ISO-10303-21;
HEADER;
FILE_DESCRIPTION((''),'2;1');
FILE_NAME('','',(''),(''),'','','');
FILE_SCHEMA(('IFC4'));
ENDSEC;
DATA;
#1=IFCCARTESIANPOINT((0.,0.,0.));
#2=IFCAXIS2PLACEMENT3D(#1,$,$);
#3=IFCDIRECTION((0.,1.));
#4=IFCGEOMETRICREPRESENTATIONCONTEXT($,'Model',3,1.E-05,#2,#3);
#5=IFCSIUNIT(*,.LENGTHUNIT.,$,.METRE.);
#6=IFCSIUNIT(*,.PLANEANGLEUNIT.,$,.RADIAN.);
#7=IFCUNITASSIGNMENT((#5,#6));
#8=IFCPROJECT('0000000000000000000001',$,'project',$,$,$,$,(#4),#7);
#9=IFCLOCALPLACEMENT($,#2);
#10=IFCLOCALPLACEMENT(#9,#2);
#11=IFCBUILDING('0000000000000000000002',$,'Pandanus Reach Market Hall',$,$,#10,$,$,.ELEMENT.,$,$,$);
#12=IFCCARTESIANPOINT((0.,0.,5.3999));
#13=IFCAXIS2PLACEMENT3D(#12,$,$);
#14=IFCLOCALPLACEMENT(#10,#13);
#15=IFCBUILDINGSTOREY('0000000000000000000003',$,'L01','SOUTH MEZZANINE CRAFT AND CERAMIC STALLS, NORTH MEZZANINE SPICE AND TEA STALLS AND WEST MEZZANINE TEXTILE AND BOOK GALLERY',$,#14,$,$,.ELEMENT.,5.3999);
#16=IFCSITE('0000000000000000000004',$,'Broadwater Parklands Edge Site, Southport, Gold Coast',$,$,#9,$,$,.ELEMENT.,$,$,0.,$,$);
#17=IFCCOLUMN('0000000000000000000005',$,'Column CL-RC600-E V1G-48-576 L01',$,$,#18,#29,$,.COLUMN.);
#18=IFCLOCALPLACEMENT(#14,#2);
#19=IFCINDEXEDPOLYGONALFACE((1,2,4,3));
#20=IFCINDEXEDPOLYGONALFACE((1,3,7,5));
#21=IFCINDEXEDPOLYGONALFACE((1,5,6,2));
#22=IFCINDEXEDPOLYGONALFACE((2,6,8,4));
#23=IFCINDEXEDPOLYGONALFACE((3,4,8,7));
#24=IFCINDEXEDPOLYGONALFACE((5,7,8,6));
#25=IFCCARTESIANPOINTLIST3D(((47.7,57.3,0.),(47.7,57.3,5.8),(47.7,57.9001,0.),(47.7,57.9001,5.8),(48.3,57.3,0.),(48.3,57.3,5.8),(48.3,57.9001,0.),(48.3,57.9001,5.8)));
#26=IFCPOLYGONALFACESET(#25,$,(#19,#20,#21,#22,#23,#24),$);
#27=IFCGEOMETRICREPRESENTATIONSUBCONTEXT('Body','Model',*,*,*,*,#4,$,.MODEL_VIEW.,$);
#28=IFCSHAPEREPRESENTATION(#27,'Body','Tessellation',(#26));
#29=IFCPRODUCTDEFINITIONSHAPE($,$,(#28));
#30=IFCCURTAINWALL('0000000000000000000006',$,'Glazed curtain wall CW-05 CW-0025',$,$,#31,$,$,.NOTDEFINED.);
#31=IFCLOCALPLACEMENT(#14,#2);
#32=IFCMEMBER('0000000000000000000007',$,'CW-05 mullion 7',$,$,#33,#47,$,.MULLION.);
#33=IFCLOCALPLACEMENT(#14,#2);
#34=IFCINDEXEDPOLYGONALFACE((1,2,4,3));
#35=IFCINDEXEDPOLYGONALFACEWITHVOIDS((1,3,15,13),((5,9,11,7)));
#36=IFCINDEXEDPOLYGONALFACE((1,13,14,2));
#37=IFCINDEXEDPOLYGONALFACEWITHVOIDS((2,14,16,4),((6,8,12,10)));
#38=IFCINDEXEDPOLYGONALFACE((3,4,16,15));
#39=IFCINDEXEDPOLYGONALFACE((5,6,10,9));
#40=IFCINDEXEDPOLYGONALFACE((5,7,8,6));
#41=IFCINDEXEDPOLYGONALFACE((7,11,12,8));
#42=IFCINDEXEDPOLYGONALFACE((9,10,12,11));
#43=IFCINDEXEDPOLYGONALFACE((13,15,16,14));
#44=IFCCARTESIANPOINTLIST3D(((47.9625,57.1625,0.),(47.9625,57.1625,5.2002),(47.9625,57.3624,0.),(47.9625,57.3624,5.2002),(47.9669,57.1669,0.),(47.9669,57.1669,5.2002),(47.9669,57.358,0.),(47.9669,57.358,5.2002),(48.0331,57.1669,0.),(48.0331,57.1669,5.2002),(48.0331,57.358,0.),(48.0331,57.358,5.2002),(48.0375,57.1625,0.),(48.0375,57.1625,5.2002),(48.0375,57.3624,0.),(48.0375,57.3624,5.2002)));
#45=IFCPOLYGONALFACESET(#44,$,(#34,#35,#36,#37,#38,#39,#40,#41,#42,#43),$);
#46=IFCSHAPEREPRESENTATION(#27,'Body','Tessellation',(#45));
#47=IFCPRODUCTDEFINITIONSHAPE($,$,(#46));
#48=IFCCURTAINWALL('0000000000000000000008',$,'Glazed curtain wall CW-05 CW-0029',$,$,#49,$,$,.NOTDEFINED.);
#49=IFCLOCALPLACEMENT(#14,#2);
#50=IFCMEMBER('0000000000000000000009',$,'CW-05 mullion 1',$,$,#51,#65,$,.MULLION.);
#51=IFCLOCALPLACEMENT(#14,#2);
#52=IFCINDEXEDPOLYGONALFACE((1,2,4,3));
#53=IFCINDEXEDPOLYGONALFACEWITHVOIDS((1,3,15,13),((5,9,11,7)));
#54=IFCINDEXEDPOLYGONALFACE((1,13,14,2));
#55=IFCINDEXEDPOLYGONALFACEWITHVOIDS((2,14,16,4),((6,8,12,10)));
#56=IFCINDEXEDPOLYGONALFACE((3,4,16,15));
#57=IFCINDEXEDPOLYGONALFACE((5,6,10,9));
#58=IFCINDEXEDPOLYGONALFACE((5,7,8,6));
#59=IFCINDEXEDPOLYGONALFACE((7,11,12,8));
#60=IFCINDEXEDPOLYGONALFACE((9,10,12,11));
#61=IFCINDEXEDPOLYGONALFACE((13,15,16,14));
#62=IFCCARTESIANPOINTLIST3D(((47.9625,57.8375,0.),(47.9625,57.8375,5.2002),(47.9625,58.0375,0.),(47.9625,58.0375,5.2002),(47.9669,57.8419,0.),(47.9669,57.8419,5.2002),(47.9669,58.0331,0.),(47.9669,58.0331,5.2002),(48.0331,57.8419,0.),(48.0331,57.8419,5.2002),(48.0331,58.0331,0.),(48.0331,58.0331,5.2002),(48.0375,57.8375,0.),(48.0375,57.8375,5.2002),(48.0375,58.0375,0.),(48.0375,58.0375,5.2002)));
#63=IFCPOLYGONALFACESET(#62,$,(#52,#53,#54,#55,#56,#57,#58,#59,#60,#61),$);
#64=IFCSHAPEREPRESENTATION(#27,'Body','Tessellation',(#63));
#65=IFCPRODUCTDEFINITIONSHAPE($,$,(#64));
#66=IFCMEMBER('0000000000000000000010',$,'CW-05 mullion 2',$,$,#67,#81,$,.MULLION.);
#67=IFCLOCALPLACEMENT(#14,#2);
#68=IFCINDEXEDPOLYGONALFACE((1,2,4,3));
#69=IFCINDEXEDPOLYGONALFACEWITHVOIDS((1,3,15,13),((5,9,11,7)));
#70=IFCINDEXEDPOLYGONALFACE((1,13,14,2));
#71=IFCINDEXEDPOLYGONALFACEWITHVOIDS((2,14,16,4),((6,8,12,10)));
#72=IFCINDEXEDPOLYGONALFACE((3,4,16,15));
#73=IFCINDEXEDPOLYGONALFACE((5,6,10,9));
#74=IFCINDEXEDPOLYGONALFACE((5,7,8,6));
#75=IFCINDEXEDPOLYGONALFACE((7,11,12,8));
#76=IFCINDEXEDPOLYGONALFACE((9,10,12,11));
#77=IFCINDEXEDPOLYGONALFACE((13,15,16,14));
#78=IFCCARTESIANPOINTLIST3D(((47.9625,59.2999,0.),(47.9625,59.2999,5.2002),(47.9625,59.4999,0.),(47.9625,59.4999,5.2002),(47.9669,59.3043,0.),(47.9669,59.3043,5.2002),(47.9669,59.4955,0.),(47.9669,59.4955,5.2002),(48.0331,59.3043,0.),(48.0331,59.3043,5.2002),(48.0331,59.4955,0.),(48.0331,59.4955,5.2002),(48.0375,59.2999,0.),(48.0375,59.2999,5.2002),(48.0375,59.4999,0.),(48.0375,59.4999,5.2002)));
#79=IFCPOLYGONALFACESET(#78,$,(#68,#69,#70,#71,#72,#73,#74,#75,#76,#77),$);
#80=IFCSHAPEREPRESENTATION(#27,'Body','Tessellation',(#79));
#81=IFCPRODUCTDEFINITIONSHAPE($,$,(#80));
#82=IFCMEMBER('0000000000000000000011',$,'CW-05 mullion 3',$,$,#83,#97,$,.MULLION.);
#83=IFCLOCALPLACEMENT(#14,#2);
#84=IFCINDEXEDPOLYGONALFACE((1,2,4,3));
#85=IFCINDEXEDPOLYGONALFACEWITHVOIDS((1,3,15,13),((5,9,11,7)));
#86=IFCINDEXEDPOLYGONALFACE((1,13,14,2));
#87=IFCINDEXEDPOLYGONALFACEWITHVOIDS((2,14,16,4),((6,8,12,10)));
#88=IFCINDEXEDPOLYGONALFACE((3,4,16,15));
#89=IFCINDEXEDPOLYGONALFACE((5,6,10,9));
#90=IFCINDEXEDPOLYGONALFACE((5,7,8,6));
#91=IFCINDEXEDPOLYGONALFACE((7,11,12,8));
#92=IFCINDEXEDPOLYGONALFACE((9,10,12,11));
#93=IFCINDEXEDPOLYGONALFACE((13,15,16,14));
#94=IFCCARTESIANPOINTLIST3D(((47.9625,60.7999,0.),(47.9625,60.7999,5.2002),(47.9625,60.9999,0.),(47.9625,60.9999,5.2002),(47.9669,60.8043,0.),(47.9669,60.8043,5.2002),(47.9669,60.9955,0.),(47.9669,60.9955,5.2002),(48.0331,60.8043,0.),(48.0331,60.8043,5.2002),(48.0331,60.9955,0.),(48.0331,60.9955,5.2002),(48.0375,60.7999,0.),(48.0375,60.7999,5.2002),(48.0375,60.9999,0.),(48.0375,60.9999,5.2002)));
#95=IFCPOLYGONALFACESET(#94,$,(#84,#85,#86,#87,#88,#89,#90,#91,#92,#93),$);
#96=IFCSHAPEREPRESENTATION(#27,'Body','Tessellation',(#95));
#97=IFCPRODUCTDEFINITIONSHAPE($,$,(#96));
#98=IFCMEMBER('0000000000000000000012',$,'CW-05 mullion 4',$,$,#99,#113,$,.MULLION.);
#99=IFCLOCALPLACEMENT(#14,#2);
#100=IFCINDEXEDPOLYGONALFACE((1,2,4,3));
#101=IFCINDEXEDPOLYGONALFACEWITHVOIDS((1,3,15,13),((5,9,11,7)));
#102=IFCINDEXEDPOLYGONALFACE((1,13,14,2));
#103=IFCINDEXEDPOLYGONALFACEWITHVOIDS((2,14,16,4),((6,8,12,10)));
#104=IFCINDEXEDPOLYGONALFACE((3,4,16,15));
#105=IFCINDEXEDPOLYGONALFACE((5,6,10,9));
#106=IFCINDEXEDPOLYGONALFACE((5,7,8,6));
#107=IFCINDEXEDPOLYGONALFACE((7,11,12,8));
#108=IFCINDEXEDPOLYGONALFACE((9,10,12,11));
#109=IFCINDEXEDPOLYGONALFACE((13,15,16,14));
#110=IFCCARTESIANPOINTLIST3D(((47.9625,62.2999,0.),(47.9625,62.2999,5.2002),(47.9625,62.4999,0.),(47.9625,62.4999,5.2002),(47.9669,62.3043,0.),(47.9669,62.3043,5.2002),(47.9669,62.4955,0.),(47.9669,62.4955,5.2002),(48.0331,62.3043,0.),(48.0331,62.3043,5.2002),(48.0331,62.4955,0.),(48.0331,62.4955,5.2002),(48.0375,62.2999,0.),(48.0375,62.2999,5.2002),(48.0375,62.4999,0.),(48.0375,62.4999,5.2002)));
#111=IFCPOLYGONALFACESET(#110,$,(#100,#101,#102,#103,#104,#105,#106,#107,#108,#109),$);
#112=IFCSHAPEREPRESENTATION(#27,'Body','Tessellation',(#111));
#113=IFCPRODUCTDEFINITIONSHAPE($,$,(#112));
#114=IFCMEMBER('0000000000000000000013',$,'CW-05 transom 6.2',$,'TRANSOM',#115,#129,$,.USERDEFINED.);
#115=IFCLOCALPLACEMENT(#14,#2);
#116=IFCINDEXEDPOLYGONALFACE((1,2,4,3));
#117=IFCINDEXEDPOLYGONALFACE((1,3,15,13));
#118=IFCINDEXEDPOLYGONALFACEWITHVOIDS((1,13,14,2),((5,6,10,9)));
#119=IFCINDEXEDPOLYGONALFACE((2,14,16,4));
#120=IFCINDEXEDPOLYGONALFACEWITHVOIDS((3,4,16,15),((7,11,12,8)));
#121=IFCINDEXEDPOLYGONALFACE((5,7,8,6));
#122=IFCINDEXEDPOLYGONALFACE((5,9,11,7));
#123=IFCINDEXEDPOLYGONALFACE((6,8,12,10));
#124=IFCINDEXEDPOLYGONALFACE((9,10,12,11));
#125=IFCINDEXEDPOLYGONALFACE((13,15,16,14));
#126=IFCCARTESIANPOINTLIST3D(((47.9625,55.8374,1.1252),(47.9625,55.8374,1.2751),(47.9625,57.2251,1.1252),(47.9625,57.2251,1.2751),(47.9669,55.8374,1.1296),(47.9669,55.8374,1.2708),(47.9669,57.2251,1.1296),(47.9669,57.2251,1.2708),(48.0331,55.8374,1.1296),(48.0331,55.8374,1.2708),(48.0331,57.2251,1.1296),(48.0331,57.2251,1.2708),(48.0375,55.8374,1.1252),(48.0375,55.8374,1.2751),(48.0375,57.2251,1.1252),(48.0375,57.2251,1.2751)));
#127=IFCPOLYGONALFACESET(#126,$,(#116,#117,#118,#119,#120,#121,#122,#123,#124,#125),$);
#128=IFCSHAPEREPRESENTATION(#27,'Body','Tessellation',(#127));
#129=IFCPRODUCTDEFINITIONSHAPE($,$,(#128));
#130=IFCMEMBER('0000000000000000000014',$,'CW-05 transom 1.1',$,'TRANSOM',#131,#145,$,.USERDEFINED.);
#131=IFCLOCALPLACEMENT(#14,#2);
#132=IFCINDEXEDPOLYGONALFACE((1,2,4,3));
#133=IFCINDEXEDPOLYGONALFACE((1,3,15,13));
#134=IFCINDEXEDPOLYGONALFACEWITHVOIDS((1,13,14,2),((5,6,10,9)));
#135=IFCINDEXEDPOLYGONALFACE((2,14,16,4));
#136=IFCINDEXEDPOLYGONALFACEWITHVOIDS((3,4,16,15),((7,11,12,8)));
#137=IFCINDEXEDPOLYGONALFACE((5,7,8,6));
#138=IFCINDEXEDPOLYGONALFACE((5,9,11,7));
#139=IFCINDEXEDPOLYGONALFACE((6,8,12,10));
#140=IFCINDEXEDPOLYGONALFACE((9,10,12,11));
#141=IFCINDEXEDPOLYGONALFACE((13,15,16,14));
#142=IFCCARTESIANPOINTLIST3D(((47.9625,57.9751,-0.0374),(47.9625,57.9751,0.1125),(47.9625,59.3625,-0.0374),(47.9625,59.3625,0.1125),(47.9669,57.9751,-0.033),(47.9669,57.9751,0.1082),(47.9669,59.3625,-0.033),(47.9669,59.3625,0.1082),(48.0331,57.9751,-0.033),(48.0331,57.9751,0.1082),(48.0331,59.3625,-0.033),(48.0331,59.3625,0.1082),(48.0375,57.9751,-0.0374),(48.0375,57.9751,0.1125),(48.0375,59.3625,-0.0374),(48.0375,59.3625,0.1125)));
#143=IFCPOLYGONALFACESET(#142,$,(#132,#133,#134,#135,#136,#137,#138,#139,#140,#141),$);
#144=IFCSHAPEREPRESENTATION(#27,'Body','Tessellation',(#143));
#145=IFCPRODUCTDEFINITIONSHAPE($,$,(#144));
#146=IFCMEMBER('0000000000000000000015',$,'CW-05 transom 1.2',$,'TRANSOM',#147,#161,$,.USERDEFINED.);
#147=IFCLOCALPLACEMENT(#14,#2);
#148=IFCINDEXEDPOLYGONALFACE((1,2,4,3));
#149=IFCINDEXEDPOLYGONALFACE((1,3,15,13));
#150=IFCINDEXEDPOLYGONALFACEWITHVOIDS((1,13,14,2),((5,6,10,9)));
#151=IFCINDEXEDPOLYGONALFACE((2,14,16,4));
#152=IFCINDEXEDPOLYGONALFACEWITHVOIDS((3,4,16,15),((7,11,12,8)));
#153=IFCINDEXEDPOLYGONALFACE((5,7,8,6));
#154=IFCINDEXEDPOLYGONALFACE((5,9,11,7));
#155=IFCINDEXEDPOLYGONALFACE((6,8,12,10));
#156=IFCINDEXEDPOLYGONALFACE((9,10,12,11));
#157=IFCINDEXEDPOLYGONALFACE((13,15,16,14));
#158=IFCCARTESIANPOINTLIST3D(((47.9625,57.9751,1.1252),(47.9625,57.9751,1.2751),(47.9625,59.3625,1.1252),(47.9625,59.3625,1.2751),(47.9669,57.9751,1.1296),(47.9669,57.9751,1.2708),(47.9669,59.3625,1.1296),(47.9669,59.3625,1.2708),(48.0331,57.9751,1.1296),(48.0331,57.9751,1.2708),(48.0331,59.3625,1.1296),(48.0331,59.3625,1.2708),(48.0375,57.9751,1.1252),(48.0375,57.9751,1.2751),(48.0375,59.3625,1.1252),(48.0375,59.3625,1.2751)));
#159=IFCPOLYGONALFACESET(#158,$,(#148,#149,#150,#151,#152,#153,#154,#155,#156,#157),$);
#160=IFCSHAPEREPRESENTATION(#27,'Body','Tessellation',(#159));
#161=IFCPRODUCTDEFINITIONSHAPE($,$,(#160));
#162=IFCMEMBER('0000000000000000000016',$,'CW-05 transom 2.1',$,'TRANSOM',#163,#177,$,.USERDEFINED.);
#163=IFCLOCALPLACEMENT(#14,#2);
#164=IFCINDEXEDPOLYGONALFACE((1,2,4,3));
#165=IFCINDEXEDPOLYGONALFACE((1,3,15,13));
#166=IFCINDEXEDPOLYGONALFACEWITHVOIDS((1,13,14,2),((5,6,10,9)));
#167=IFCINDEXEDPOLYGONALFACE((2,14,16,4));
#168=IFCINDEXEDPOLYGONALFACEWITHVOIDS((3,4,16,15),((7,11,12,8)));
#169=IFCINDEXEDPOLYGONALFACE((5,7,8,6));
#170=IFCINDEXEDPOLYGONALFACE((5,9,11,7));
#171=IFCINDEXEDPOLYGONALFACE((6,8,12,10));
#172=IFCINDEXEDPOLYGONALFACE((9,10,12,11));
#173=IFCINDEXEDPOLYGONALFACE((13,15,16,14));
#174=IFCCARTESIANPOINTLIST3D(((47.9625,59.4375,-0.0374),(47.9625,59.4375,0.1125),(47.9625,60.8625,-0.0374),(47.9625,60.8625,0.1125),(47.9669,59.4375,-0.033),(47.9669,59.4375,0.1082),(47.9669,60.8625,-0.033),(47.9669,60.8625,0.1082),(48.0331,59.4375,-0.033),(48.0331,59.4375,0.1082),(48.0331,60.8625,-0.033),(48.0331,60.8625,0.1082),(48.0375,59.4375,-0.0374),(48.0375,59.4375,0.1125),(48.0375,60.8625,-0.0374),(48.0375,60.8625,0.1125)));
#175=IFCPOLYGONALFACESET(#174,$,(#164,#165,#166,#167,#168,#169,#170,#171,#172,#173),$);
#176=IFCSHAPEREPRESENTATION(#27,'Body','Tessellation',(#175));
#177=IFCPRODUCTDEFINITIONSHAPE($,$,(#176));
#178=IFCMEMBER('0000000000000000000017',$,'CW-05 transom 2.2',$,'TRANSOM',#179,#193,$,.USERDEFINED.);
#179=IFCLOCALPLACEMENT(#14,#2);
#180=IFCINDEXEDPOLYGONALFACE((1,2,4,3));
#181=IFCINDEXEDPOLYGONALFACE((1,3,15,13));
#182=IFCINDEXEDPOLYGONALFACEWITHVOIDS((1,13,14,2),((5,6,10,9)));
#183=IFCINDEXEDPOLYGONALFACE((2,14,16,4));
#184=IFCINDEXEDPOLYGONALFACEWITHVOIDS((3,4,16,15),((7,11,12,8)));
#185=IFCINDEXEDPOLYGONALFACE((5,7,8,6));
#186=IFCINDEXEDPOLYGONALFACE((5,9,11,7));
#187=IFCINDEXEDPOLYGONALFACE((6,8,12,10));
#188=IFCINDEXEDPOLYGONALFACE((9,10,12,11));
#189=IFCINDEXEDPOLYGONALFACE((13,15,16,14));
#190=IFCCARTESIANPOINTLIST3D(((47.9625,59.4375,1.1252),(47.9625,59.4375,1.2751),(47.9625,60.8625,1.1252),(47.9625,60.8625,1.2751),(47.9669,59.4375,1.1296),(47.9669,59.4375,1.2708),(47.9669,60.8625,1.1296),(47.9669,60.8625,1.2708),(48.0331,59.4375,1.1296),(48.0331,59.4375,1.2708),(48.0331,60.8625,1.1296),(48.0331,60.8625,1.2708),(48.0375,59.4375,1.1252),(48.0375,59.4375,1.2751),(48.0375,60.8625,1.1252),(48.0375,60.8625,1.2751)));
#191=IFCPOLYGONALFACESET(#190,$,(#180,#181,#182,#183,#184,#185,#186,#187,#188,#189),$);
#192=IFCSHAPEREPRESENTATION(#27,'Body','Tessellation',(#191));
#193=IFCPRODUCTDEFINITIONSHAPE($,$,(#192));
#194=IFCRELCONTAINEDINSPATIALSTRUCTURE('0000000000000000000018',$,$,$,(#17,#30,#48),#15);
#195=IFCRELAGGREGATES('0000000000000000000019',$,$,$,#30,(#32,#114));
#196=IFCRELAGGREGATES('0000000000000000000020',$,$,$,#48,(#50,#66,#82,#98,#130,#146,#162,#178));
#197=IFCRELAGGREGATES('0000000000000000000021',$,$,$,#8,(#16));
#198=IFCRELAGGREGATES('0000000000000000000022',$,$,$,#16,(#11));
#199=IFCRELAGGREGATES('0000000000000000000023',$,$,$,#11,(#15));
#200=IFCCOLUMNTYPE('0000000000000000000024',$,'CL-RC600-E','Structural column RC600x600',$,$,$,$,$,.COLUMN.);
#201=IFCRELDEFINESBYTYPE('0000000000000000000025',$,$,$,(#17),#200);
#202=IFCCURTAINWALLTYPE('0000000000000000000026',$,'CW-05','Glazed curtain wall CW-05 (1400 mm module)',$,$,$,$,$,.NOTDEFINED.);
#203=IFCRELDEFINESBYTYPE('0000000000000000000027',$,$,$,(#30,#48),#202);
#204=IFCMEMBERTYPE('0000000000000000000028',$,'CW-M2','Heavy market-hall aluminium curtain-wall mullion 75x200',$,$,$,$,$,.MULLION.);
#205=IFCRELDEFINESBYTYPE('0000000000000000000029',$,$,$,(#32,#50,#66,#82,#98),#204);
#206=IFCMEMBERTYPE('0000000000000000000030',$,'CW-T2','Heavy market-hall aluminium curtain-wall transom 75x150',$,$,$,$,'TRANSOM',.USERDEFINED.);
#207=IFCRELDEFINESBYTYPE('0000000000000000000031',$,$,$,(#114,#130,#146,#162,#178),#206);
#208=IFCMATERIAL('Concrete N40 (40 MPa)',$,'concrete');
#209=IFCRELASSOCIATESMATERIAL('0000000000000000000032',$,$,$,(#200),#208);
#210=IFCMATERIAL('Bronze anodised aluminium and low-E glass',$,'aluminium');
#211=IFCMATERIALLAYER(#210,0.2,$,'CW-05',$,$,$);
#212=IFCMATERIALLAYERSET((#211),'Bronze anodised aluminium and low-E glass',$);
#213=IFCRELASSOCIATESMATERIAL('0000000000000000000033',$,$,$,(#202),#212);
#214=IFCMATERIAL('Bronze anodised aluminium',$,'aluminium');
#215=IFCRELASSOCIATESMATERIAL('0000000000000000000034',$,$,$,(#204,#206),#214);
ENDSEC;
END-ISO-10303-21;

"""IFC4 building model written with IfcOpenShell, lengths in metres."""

from ifc_helpers import new_model, si_unit, direction, frame, origin, origin_2d, place, context, subcontext, project, spatial, rectangle, hollow_rectangle, extrude, material, layer, layer_set, material_profile, profile_set, type_object, element, aggregate, save


model = new_model("IFC4")

# Units and contexts
model_context = context("Model", 3, precision=1e-05, world=origin(), true_north=direction((0.0, 1.0)))
body_context = subcontext(model_context, "Body", "Model", "MODEL_VIEW")
ifc_project = project(units=[si_unit("LENGTHUNIT", "METRE"), si_unit("PLANEANGLEUNIT", "RADIAN")], contexts=[model_context])

# Site, building, storey
site_placement = place(None, origin())
site = spatial("IfcSite", under=ifc_project, at=site_placement, Name="Broadwater Parklands Edge Site, Southport, Gold Coast", CompositionType="ELEMENT", RefElevation=0.0)
building_placement = place(site_placement, origin())
building = spatial("IfcBuilding", under=site, at=building_placement, Name="Pandanus Reach Market Hall", CompositionType="ELEMENT")
storey_placement = place(building_placement, frame((0.0, 0.0, 5.3999)))
storey = spatial("IfcBuildingStorey", under=building, at=storey_placement, Name="L01", Description="SOUTH MEZZANINE CRAFT AND CERAMIC STALLS, NORTH MEZZANINE SPICE AND TEA STALLS AND WEST MEZZANINE TEXTILE AND BOOK GALLERY", CompositionType="ELEMENT", Elevation=5.3999)

# Column
ifc_material_1 = material(Name="Concrete N40 (40 MPa)", Category="concrete")
ifc_material_profile_1 = material_profile(ifc_material_1, rectangle(XDim=0.6001, YDim=0.6001, at=origin_2d()), Name="RC600x600", Category="LoadBearing")
ifc_profile_set_1 = profile_set([ifc_material_profile_1], Name="Concrete N40 (40 MPa)")
column_type = type_object("IfcColumnType", Name="CL-RC600-E", Description="Structural column RC600x600", PredefinedType="COLUMN", material=ifc_profile_set_1)
column_placement = place(storey_placement, frame((48.0, 57.6001, 0.0), z_axis=(0.0, 0.0, 1.0), x_axis=(1.0, 0.0, 0.0)))
element("IfcColumn", 1, at=column_placement, inside=storey, type_object=column_type, Name="Column CL-RC600-E V1G-48-576 L01", PredefinedType="COLUMN", context=body_context, shape_type="SweptSolid", body=[
    extrude(rectangle(XDim=0.6001, YDim=0.6001, at=origin_2d()), origin(), (0.0, 0.0, 1.0), 5.8),
])

# Curtain wall, member
ifc_material_2 = material(Name="Bronze anodised aluminium and low-E glass", Category="aluminium")
ifc_layer_1 = layer(ifc_material_2, 0.2, Name="CW-05")
ifc_layer_set_1 = layer_set([ifc_layer_1], Name="Bronze anodised aluminium and low-E glass")
curtain_wall_type = type_object("IfcCurtainWallType", Name="CW-05", Description="Glazed curtain wall CW-05 (1400 mm module)", PredefinedType="NOTDEFINED", material=ifc_layer_set_1)
curtain_wall_1_placement = place(storey_placement, origin())
curtain_wall_1 = element("IfcCurtainWall", 2, at=curtain_wall_1_placement, inside=storey, type_object=curtain_wall_type, Name="Glazed curtain wall CW-05 CW-0025", PredefinedType="NOTDEFINED")
ifc_material_3 = material(Name="Bronze anodised aluminium", Category="aluminium")
ifc_material_profile_2 = material_profile(ifc_material_3, hollow_rectangle(XDim=0.075, YDim=0.2, WallThickness=0.0044, at=origin_2d()), Name="ALU75x200", Category="LoadBearing")
ifc_profile_set_2 = profile_set([ifc_material_profile_2], Name="Bronze anodised aluminium")
member_type_1 = type_object("IfcMemberType", Name="CW-M2", Description="Heavy market-hall aluminium curtain-wall mullion 75x200", PredefinedType="MULLION", material=ifc_profile_set_2)
member_1_placement = place(storey_placement, frame((48.0, 57.2625, 0.0), z_axis=(0.0, 0.0, 1.0), x_axis=(-1.0, 0.0, 0.0)))
member_1 = element("IfcMember", 3, at=member_1_placement, type_object=member_type_1, Name="CW-05 mullion 7", PredefinedType="MULLION", context=body_context, shape_type="SweptSolid", body=[
    extrude(hollow_rectangle(XDim=0.075, YDim=0.2, WallThickness=0.0044, at=origin_2d()), origin(), (0.0, 0.0, 1.0), 5.2002),
])

# Curtain wall, members
curtain_wall_2_placement = place(storey_placement, origin())
curtain_wall_2 = element("IfcCurtainWall", 4, at=curtain_wall_2_placement, inside=storey, type_object=curtain_wall_type, Name="Glazed curtain wall CW-05 CW-0029", PredefinedType="NOTDEFINED")
member_2_placement = place(storey_placement, frame((48.0, 57.9375, 0.0), z_axis=(0.0, 0.0, 1.0), x_axis=(-1.0, 0.0, 0.0)))
member_2 = element("IfcMember", 5, at=member_2_placement, type_object=member_type_1, Name="CW-05 mullion 1", PredefinedType="MULLION", context=body_context, shape_type="SweptSolid", body=[
    extrude(hollow_rectangle(XDim=0.075, YDim=0.2, WallThickness=0.0044, at=origin_2d()), origin(), (0.0, 0.0, 1.0), 5.2002),
])
member_3_placement = place(storey_placement, frame((48.0, 59.3999, 0.0), z_axis=(0.0, 0.0, 1.0), x_axis=(-1.0, 0.0, 0.0)))
member_3 = element("IfcMember", 6, at=member_3_placement, type_object=member_type_1, Name="CW-05 mullion 2", PredefinedType="MULLION", context=body_context, shape_type="SweptSolid", body=[
    extrude(hollow_rectangle(XDim=0.075, YDim=0.2, WallThickness=0.0044, at=origin_2d()), origin(), (0.0, 0.0, 1.0), 5.2002),
])
member_4_placement = place(storey_placement, frame((48.0, 60.8999, 0.0), z_axis=(0.0, 0.0, 1.0), x_axis=(-1.0, 0.0, 0.0)))
member_4 = element("IfcMember", 7, at=member_4_placement, type_object=member_type_1, Name="CW-05 mullion 3", PredefinedType="MULLION", context=body_context, shape_type="SweptSolid", body=[
    extrude(hollow_rectangle(XDim=0.075, YDim=0.2, WallThickness=0.0044, at=origin_2d()), origin(), (0.0, 0.0, 1.0), 5.2002),
])
member_5_placement = place(storey_placement, frame((48.0, 62.3999, 0.0), z_axis=(0.0, 0.0, 1.0), x_axis=(-1.0, 0.0, 0.0)))
member_5 = element("IfcMember", 8, at=member_5_placement, type_object=member_type_1, Name="CW-05 mullion 4", PredefinedType="MULLION", context=body_context, shape_type="SweptSolid", body=[
    extrude(hollow_rectangle(XDim=0.075, YDim=0.2, WallThickness=0.0044, at=origin_2d()), origin(), (0.0, 0.0, 1.0), 5.2002),
])

# Members
ifc_material_profile_3 = material_profile(ifc_material_3, hollow_rectangle(XDim=0.075, YDim=0.1499, WallThickness=0.0044, at=origin_2d()), Name="ALU75x150", Category="LoadBearing")
ifc_profile_set_3 = profile_set([ifc_material_profile_3], Name="Bronze anodised aluminium")
member_type_2 = type_object("IfcMemberType", Name="CW-T2", Description="Heavy market-hall aluminium curtain-wall transom 75x150", ElementType="TRANSOM", PredefinedType="USERDEFINED", material=ifc_profile_set_3)
member_6_placement = place(storey_placement, frame((48.0, 55.8374, 1.2002), z_axis=(0.0, 1.0, 0.0), x_axis=(-1.0, 0.0, 0.0)))
member_6 = element("IfcMember", 9, at=member_6_placement, type_object=member_type_2, Name="CW-05 transom 6.2", ObjectType="TRANSOM", PredefinedType="USERDEFINED", context=body_context, shape_type="SweptSolid", body=[
    extrude(hollow_rectangle(XDim=0.075, YDim=0.1499, WallThickness=0.0044, at=origin_2d()), origin(), (0.0, 0.0, 1.0), 1.3877),
])
member_7_placement = place(storey_placement, frame((48.0, 57.9751, 0.0376), z_axis=(0.0, 1.0, 0.0), x_axis=(-1.0, 0.0, 0.0)))
member_7 = element("IfcMember", 10, at=member_7_placement, type_object=member_type_2, Name="CW-05 transom 1.1", ObjectType="TRANSOM", PredefinedType="USERDEFINED", context=body_context, shape_type="SweptSolid", body=[
    extrude(hollow_rectangle(XDim=0.075, YDim=0.1499, WallThickness=0.0044, at=origin_2d()), origin(), (0.0, 0.0, 1.0), 1.3875),
])
member_8_placement = place(storey_placement, frame((48.0, 57.9751, 1.2002), z_axis=(0.0, 1.0, 0.0), x_axis=(-1.0, 0.0, 0.0)))
member_8 = element("IfcMember", 11, at=member_8_placement, type_object=member_type_2, Name="CW-05 transom 1.2", ObjectType="TRANSOM", PredefinedType="USERDEFINED", context=body_context, shape_type="SweptSolid", body=[
    extrude(hollow_rectangle(XDim=0.075, YDim=0.1499, WallThickness=0.0044, at=origin_2d()), origin(), (0.0, 0.0, 1.0), 1.3875),
])
member_9_placement = place(storey_placement, frame((48.0, 59.4375, 0.0376), z_axis=(0.0, 1.0, 0.0), x_axis=(-1.0, 0.0, 0.0)))
member_9 = element("IfcMember", 12, at=member_9_placement, type_object=member_type_2, Name="CW-05 transom 2.1", ObjectType="TRANSOM", PredefinedType="USERDEFINED", context=body_context, shape_type="SweptSolid", body=[
    extrude(hollow_rectangle(XDim=0.075, YDim=0.1499, WallThickness=0.0044, at=origin_2d()), origin(), (0.0, 0.0, 1.0), 1.425),
])
member_10_placement = place(storey_placement, frame((48.0, 59.4375, 1.2002), z_axis=(0.0, 1.0, 0.0), x_axis=(-1.0, 0.0, 0.0)))
member_10 = element("IfcMember", 13, at=member_10_placement, type_object=member_type_2, Name="CW-05 transom 2.2", ObjectType="TRANSOM", PredefinedType="USERDEFINED", context=body_context, shape_type="SweptSolid", body=[
    extrude(hollow_rectangle(XDim=0.075, YDim=0.1499, WallThickness=0.0044, at=origin_2d()), origin(), (0.0, 0.0, 1.0), 1.425),
])

aggregate(curtain_wall_1, [member_1, member_6])
aggregate(curtain_wall_2, [member_2, member_3, member_4, member_5, member_7, member_8, member_9, member_10])

save(model, "model.ifc")
